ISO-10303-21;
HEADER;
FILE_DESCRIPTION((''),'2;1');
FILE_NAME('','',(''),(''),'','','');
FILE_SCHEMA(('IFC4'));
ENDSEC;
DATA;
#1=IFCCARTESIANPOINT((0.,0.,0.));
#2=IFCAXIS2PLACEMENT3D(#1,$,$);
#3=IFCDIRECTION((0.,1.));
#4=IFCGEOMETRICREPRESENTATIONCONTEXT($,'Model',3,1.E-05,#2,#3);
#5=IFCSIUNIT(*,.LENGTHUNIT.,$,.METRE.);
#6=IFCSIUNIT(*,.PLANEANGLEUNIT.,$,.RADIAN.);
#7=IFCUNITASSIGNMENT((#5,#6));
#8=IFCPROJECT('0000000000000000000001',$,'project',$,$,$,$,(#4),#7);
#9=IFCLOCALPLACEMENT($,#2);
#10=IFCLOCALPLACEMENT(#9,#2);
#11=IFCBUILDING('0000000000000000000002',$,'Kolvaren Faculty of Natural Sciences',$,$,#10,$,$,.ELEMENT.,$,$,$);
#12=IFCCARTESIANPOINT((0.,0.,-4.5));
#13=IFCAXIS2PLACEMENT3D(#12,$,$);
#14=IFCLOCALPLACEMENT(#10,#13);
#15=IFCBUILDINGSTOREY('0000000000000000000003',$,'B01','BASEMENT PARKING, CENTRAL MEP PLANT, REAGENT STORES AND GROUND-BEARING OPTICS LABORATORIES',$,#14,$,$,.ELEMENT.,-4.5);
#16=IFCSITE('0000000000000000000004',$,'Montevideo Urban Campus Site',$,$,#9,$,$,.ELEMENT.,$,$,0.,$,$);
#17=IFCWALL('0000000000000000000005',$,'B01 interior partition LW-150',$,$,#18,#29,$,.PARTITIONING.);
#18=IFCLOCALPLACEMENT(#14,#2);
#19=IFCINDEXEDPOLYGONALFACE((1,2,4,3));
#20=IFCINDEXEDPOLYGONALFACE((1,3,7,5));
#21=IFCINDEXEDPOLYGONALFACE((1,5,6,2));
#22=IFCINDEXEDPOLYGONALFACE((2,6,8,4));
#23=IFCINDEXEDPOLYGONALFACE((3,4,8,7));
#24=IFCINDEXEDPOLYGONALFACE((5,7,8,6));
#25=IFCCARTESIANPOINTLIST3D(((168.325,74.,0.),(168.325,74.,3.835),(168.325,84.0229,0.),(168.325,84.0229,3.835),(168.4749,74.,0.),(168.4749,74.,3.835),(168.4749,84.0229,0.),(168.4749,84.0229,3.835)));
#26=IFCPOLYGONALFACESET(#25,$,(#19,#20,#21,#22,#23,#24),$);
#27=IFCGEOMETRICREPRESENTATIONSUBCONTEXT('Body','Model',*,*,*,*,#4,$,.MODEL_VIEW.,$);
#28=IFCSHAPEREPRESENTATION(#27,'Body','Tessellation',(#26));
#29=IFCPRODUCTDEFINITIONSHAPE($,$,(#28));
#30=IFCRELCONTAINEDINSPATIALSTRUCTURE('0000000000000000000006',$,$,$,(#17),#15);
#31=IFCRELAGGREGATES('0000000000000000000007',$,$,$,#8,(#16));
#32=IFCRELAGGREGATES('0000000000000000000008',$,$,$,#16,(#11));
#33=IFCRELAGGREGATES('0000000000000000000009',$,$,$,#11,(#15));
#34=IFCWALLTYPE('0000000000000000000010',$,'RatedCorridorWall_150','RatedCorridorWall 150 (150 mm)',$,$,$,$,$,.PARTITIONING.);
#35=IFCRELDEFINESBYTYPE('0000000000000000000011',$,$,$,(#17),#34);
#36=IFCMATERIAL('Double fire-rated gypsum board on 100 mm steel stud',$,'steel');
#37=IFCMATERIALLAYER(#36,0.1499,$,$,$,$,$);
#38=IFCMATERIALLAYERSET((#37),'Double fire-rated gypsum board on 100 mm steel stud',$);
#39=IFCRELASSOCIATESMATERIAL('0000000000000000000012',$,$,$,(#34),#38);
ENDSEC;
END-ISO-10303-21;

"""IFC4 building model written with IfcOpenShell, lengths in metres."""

from ifc_helpers import new_model, si_unit, direction, frame, frame_2d, origin, place, context, subcontext, project, spatial, rectangle, extrude, material, layer, layer_set, type_object, element, save


model = new_model("IFC4")

# Units and contexts
model_context = context("Model", 3, precision=1e-05, world=origin(), true_north=direction((0.0, 1.0)))
body_context = subcontext(model_context, "Body", "Model", "MODEL_VIEW")
ifc_project = project(units=[si_unit("LENGTHUNIT", "METRE"), si_unit("PLANEANGLEUNIT", "RADIAN")], contexts=[model_context])

# Site, building, storey
site_placement = place(None, origin())
site = spatial("IfcSite", under=ifc_project, at=site_placement, Name="Montevideo Urban Campus Site", CompositionType="ELEMENT", RefElevation=0.0)
building_placement = place(site_placement, origin())
building = spatial("IfcBuilding", under=site, at=building_placement, Name="Kolvaren Faculty of Natural Sciences", CompositionType="ELEMENT")
storey_placement = place(building_placement, frame((0.0, 0.0, -4.5)))
storey = spatial("IfcBuildingStorey", under=building, at=storey_placement, Name="B01", Description="BASEMENT PARKING, CENTRAL MEP PLANT, REAGENT STORES AND GROUND-BEARING OPTICS LABORATORIES", CompositionType="ELEMENT", Elevation=-4.5)

# Wall
ifc_material_1 = material(Name="Double fire-rated gypsum board on 100 mm steel stud", Category="steel")
ifc_layer = layer(ifc_material_1, 0.1499)
ifc_layer_set = layer_set([ifc_layer], Name="Double fire-rated gypsum board on 100 mm steel stud")
wall_type = type_object("IfcWallType", Name="RatedCorridorWall_150", Description="RatedCorridorWall 150 (150 mm)", PredefinedType="PARTITIONING", material=ifc_layer_set)
wall_1_placement = place(storey_placement, frame((168.3999, 84.0229, 0.0), z_axis=(0.0, 0.0, 1.0), x_axis=(0.0, -1.0, 0.0)))
element("IfcWall", 1, at=wall_1_placement, inside=storey, type_object=wall_type, Name="B01 interior partition LW-150", PredefinedType="PARTITIONING", context=body_context, shape_type="SweptSolid", body=[
    extrude(rectangle(XDim=10.0229, YDim=0.1499, at=frame_2d((5.0115, 0.0))), origin(), (0.0, 0.0, 1.0), 3.835),
])

save(model, "model.ifc")
